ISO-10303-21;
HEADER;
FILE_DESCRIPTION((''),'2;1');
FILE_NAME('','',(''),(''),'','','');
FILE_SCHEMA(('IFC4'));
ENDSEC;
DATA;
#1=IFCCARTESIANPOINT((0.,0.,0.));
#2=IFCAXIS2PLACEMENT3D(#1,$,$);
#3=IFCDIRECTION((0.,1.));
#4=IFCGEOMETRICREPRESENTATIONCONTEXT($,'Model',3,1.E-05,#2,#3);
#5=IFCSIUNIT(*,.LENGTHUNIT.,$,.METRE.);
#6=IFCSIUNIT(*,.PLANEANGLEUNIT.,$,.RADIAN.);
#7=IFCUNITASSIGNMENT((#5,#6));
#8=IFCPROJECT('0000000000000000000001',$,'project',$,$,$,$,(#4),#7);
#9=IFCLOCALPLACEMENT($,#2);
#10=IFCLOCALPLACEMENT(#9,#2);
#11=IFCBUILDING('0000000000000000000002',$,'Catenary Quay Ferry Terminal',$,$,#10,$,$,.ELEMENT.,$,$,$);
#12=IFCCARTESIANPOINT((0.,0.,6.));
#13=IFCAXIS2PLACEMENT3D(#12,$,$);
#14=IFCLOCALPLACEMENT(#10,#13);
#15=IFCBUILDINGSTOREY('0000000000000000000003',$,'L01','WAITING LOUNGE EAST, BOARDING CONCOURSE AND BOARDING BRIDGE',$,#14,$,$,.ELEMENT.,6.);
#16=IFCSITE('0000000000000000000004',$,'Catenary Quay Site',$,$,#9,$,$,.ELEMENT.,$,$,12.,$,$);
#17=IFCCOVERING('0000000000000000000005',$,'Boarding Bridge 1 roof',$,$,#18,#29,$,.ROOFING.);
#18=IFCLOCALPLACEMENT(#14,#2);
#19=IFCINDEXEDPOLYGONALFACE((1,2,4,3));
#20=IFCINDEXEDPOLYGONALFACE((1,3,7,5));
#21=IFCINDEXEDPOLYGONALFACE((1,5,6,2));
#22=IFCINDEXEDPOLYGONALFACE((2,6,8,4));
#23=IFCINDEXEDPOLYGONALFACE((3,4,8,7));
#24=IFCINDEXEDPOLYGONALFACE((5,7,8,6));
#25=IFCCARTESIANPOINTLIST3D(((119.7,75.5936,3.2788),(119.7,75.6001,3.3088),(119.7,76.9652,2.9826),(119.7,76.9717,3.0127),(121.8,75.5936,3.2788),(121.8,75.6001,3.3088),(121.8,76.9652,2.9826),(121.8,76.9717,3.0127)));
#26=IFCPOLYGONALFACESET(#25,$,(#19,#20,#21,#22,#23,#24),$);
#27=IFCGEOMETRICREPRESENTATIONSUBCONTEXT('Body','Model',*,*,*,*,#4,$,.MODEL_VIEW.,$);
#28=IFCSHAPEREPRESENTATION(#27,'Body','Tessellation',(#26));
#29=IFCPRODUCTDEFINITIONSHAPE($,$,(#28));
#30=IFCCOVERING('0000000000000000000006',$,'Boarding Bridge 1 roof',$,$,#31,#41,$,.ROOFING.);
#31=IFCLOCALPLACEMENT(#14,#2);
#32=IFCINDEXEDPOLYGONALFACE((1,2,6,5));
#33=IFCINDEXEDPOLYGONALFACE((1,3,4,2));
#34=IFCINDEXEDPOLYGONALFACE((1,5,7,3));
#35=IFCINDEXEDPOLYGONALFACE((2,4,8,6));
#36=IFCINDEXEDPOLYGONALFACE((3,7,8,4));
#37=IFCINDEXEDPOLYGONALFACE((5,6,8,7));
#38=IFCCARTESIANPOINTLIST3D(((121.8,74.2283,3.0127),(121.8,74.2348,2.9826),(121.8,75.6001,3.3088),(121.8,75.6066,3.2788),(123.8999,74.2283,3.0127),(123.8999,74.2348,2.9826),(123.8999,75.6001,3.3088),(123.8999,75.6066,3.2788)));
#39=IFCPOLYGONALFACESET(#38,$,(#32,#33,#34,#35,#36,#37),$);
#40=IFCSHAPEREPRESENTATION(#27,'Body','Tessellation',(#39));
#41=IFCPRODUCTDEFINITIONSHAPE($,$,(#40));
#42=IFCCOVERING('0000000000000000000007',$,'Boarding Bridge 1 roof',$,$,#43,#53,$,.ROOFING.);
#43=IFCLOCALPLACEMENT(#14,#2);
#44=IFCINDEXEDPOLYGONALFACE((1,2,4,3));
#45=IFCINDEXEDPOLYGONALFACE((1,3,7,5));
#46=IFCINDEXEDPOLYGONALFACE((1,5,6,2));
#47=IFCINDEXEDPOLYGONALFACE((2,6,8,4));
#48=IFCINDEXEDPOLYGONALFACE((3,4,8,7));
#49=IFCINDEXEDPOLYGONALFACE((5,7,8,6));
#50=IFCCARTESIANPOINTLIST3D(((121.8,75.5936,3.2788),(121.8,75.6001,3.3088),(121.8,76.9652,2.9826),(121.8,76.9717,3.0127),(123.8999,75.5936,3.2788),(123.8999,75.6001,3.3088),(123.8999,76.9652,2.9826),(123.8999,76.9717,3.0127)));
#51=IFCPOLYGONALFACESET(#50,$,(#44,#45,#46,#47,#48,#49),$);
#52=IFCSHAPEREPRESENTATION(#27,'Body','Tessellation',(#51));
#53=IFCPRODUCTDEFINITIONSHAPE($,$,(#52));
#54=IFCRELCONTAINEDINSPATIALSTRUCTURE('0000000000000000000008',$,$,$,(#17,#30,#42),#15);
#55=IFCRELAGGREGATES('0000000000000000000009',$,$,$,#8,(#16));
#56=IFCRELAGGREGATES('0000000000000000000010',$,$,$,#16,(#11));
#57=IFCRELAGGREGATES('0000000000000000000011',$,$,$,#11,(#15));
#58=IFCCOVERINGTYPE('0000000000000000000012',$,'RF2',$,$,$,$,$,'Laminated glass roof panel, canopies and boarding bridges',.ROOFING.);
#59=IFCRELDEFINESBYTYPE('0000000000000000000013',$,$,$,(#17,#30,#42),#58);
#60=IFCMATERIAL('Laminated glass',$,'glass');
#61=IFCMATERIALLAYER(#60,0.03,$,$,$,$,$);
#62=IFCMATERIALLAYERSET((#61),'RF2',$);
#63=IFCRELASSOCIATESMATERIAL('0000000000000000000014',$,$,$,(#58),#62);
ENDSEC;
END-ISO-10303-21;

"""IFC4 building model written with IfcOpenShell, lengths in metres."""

from ifc_helpers import new_model, si_unit, direction, frame, origin, place, context, subcontext, project, spatial, polyline, outline, extrude, material, layer, layer_set, type_object, element, save


model = new_model("IFC4")

# Units and contexts
model_context = context("Model", 3, precision=1e-05, world=origin(), true_north=direction((0.0, 1.0)))
body_context = subcontext(model_context, "Body", "Model", "MODEL_VIEW")
ifc_project = project(units=[si_unit("LENGTHUNIT", "METRE"), si_unit("PLANEANGLEUNIT", "RADIAN")], contexts=[model_context])

# Site, building, storey
site_placement = place(None, origin())
site = spatial("IfcSite", under=ifc_project, at=site_placement, Name="Catenary Quay Site", CompositionType="ELEMENT", RefElevation=12.0)
building_placement = place(site_placement, origin())
building = spatial("IfcBuilding", under=site, at=building_placement, Name="Catenary Quay Ferry Terminal", CompositionType="ELEMENT")
storey_placement = place(building_placement, frame((0.0, 0.0, 6.0)))
storey = spatial("IfcBuildingStorey", under=building, at=storey_placement, Name="L01", Description="WAITING LOUNGE EAST, BOARDING CONCOURSE AND BOARDING BRIDGE", CompositionType="ELEMENT", Elevation=6.0)

# Coverings
ifc_material_1 = material(Name="Laminated glass", Category="glass")
ifc_layer_1 = layer(ifc_material_1, 0.03)
ifc_layer_set_1 = layer_set([ifc_layer_1], Name="RF2")
covering_type = type_object("IfcCoveringType", Name="RF2", ElementType="Laminated glass roof panel, canopies and boarding bridges", PredefinedType="ROOFING", material=ifc_layer_set_1)
covering_1_placement = place(storey_placement, frame((119.7, 75.6001, 3.3088), z_axis=(0.0, 0.21105, 0.977475), x_axis=(1.0, 0.0, 0.0)))
element("IfcCovering", 1, at=covering_1_placement, inside=storey, type_object=covering_type, Name="Boarding Bridge 1 roof", PredefinedType="ROOFING", context=body_context, shape_type="SweptSolid", body=[
    extrude(outline(polyline([(0.0, 0.0), (2.1001, 0.0), (2.1001, 1.4032), (0.0, 1.4032), (0.0, 0.0)])), origin(), (0.0, 0.0, -1.0), 0.0308),
])
covering_2_placement = place(storey_placement, frame((121.8, 74.2283, 3.0127), z_axis=(0.0, -0.211014, 0.977483), x_axis=(1.0, 0.0, 0.0)))
element("IfcCovering", 2, at=covering_2_placement, inside=storey, type_object=covering_type, Name="Boarding Bridge 1 roof", PredefinedType="ROOFING", context=body_context, shape_type="SweptSolid", body=[
    extrude(outline(polyline([(0.0, 0.0), (2.0999, 0.0), (2.0999, 1.4034), (0.0, 1.4034), (0.0, 0.0)])), origin(), (0.0, 0.0, -1.0), 0.0308),
])
covering_3_placement = place(storey_placement, frame((121.8, 75.6001, 3.3088), z_axis=(0.0, 0.21105, 0.977475), x_axis=(1.0, 0.0, 0.0)))
element("IfcCovering", 3, at=covering_3_placement, inside=storey, type_object=covering_type, Name="Boarding Bridge 1 roof", PredefinedType="ROOFING", context=body_context, shape_type="SweptSolid", body=[
    extrude(outline(polyline([(0.0, 0.0), (2.0999, 0.0), (2.0999, 1.4032), (0.0, 1.4032), (0.0, 0.0)])), origin(), (0.0, 0.0, -1.0), 0.0308),
])

save(model, "model.ifc")
